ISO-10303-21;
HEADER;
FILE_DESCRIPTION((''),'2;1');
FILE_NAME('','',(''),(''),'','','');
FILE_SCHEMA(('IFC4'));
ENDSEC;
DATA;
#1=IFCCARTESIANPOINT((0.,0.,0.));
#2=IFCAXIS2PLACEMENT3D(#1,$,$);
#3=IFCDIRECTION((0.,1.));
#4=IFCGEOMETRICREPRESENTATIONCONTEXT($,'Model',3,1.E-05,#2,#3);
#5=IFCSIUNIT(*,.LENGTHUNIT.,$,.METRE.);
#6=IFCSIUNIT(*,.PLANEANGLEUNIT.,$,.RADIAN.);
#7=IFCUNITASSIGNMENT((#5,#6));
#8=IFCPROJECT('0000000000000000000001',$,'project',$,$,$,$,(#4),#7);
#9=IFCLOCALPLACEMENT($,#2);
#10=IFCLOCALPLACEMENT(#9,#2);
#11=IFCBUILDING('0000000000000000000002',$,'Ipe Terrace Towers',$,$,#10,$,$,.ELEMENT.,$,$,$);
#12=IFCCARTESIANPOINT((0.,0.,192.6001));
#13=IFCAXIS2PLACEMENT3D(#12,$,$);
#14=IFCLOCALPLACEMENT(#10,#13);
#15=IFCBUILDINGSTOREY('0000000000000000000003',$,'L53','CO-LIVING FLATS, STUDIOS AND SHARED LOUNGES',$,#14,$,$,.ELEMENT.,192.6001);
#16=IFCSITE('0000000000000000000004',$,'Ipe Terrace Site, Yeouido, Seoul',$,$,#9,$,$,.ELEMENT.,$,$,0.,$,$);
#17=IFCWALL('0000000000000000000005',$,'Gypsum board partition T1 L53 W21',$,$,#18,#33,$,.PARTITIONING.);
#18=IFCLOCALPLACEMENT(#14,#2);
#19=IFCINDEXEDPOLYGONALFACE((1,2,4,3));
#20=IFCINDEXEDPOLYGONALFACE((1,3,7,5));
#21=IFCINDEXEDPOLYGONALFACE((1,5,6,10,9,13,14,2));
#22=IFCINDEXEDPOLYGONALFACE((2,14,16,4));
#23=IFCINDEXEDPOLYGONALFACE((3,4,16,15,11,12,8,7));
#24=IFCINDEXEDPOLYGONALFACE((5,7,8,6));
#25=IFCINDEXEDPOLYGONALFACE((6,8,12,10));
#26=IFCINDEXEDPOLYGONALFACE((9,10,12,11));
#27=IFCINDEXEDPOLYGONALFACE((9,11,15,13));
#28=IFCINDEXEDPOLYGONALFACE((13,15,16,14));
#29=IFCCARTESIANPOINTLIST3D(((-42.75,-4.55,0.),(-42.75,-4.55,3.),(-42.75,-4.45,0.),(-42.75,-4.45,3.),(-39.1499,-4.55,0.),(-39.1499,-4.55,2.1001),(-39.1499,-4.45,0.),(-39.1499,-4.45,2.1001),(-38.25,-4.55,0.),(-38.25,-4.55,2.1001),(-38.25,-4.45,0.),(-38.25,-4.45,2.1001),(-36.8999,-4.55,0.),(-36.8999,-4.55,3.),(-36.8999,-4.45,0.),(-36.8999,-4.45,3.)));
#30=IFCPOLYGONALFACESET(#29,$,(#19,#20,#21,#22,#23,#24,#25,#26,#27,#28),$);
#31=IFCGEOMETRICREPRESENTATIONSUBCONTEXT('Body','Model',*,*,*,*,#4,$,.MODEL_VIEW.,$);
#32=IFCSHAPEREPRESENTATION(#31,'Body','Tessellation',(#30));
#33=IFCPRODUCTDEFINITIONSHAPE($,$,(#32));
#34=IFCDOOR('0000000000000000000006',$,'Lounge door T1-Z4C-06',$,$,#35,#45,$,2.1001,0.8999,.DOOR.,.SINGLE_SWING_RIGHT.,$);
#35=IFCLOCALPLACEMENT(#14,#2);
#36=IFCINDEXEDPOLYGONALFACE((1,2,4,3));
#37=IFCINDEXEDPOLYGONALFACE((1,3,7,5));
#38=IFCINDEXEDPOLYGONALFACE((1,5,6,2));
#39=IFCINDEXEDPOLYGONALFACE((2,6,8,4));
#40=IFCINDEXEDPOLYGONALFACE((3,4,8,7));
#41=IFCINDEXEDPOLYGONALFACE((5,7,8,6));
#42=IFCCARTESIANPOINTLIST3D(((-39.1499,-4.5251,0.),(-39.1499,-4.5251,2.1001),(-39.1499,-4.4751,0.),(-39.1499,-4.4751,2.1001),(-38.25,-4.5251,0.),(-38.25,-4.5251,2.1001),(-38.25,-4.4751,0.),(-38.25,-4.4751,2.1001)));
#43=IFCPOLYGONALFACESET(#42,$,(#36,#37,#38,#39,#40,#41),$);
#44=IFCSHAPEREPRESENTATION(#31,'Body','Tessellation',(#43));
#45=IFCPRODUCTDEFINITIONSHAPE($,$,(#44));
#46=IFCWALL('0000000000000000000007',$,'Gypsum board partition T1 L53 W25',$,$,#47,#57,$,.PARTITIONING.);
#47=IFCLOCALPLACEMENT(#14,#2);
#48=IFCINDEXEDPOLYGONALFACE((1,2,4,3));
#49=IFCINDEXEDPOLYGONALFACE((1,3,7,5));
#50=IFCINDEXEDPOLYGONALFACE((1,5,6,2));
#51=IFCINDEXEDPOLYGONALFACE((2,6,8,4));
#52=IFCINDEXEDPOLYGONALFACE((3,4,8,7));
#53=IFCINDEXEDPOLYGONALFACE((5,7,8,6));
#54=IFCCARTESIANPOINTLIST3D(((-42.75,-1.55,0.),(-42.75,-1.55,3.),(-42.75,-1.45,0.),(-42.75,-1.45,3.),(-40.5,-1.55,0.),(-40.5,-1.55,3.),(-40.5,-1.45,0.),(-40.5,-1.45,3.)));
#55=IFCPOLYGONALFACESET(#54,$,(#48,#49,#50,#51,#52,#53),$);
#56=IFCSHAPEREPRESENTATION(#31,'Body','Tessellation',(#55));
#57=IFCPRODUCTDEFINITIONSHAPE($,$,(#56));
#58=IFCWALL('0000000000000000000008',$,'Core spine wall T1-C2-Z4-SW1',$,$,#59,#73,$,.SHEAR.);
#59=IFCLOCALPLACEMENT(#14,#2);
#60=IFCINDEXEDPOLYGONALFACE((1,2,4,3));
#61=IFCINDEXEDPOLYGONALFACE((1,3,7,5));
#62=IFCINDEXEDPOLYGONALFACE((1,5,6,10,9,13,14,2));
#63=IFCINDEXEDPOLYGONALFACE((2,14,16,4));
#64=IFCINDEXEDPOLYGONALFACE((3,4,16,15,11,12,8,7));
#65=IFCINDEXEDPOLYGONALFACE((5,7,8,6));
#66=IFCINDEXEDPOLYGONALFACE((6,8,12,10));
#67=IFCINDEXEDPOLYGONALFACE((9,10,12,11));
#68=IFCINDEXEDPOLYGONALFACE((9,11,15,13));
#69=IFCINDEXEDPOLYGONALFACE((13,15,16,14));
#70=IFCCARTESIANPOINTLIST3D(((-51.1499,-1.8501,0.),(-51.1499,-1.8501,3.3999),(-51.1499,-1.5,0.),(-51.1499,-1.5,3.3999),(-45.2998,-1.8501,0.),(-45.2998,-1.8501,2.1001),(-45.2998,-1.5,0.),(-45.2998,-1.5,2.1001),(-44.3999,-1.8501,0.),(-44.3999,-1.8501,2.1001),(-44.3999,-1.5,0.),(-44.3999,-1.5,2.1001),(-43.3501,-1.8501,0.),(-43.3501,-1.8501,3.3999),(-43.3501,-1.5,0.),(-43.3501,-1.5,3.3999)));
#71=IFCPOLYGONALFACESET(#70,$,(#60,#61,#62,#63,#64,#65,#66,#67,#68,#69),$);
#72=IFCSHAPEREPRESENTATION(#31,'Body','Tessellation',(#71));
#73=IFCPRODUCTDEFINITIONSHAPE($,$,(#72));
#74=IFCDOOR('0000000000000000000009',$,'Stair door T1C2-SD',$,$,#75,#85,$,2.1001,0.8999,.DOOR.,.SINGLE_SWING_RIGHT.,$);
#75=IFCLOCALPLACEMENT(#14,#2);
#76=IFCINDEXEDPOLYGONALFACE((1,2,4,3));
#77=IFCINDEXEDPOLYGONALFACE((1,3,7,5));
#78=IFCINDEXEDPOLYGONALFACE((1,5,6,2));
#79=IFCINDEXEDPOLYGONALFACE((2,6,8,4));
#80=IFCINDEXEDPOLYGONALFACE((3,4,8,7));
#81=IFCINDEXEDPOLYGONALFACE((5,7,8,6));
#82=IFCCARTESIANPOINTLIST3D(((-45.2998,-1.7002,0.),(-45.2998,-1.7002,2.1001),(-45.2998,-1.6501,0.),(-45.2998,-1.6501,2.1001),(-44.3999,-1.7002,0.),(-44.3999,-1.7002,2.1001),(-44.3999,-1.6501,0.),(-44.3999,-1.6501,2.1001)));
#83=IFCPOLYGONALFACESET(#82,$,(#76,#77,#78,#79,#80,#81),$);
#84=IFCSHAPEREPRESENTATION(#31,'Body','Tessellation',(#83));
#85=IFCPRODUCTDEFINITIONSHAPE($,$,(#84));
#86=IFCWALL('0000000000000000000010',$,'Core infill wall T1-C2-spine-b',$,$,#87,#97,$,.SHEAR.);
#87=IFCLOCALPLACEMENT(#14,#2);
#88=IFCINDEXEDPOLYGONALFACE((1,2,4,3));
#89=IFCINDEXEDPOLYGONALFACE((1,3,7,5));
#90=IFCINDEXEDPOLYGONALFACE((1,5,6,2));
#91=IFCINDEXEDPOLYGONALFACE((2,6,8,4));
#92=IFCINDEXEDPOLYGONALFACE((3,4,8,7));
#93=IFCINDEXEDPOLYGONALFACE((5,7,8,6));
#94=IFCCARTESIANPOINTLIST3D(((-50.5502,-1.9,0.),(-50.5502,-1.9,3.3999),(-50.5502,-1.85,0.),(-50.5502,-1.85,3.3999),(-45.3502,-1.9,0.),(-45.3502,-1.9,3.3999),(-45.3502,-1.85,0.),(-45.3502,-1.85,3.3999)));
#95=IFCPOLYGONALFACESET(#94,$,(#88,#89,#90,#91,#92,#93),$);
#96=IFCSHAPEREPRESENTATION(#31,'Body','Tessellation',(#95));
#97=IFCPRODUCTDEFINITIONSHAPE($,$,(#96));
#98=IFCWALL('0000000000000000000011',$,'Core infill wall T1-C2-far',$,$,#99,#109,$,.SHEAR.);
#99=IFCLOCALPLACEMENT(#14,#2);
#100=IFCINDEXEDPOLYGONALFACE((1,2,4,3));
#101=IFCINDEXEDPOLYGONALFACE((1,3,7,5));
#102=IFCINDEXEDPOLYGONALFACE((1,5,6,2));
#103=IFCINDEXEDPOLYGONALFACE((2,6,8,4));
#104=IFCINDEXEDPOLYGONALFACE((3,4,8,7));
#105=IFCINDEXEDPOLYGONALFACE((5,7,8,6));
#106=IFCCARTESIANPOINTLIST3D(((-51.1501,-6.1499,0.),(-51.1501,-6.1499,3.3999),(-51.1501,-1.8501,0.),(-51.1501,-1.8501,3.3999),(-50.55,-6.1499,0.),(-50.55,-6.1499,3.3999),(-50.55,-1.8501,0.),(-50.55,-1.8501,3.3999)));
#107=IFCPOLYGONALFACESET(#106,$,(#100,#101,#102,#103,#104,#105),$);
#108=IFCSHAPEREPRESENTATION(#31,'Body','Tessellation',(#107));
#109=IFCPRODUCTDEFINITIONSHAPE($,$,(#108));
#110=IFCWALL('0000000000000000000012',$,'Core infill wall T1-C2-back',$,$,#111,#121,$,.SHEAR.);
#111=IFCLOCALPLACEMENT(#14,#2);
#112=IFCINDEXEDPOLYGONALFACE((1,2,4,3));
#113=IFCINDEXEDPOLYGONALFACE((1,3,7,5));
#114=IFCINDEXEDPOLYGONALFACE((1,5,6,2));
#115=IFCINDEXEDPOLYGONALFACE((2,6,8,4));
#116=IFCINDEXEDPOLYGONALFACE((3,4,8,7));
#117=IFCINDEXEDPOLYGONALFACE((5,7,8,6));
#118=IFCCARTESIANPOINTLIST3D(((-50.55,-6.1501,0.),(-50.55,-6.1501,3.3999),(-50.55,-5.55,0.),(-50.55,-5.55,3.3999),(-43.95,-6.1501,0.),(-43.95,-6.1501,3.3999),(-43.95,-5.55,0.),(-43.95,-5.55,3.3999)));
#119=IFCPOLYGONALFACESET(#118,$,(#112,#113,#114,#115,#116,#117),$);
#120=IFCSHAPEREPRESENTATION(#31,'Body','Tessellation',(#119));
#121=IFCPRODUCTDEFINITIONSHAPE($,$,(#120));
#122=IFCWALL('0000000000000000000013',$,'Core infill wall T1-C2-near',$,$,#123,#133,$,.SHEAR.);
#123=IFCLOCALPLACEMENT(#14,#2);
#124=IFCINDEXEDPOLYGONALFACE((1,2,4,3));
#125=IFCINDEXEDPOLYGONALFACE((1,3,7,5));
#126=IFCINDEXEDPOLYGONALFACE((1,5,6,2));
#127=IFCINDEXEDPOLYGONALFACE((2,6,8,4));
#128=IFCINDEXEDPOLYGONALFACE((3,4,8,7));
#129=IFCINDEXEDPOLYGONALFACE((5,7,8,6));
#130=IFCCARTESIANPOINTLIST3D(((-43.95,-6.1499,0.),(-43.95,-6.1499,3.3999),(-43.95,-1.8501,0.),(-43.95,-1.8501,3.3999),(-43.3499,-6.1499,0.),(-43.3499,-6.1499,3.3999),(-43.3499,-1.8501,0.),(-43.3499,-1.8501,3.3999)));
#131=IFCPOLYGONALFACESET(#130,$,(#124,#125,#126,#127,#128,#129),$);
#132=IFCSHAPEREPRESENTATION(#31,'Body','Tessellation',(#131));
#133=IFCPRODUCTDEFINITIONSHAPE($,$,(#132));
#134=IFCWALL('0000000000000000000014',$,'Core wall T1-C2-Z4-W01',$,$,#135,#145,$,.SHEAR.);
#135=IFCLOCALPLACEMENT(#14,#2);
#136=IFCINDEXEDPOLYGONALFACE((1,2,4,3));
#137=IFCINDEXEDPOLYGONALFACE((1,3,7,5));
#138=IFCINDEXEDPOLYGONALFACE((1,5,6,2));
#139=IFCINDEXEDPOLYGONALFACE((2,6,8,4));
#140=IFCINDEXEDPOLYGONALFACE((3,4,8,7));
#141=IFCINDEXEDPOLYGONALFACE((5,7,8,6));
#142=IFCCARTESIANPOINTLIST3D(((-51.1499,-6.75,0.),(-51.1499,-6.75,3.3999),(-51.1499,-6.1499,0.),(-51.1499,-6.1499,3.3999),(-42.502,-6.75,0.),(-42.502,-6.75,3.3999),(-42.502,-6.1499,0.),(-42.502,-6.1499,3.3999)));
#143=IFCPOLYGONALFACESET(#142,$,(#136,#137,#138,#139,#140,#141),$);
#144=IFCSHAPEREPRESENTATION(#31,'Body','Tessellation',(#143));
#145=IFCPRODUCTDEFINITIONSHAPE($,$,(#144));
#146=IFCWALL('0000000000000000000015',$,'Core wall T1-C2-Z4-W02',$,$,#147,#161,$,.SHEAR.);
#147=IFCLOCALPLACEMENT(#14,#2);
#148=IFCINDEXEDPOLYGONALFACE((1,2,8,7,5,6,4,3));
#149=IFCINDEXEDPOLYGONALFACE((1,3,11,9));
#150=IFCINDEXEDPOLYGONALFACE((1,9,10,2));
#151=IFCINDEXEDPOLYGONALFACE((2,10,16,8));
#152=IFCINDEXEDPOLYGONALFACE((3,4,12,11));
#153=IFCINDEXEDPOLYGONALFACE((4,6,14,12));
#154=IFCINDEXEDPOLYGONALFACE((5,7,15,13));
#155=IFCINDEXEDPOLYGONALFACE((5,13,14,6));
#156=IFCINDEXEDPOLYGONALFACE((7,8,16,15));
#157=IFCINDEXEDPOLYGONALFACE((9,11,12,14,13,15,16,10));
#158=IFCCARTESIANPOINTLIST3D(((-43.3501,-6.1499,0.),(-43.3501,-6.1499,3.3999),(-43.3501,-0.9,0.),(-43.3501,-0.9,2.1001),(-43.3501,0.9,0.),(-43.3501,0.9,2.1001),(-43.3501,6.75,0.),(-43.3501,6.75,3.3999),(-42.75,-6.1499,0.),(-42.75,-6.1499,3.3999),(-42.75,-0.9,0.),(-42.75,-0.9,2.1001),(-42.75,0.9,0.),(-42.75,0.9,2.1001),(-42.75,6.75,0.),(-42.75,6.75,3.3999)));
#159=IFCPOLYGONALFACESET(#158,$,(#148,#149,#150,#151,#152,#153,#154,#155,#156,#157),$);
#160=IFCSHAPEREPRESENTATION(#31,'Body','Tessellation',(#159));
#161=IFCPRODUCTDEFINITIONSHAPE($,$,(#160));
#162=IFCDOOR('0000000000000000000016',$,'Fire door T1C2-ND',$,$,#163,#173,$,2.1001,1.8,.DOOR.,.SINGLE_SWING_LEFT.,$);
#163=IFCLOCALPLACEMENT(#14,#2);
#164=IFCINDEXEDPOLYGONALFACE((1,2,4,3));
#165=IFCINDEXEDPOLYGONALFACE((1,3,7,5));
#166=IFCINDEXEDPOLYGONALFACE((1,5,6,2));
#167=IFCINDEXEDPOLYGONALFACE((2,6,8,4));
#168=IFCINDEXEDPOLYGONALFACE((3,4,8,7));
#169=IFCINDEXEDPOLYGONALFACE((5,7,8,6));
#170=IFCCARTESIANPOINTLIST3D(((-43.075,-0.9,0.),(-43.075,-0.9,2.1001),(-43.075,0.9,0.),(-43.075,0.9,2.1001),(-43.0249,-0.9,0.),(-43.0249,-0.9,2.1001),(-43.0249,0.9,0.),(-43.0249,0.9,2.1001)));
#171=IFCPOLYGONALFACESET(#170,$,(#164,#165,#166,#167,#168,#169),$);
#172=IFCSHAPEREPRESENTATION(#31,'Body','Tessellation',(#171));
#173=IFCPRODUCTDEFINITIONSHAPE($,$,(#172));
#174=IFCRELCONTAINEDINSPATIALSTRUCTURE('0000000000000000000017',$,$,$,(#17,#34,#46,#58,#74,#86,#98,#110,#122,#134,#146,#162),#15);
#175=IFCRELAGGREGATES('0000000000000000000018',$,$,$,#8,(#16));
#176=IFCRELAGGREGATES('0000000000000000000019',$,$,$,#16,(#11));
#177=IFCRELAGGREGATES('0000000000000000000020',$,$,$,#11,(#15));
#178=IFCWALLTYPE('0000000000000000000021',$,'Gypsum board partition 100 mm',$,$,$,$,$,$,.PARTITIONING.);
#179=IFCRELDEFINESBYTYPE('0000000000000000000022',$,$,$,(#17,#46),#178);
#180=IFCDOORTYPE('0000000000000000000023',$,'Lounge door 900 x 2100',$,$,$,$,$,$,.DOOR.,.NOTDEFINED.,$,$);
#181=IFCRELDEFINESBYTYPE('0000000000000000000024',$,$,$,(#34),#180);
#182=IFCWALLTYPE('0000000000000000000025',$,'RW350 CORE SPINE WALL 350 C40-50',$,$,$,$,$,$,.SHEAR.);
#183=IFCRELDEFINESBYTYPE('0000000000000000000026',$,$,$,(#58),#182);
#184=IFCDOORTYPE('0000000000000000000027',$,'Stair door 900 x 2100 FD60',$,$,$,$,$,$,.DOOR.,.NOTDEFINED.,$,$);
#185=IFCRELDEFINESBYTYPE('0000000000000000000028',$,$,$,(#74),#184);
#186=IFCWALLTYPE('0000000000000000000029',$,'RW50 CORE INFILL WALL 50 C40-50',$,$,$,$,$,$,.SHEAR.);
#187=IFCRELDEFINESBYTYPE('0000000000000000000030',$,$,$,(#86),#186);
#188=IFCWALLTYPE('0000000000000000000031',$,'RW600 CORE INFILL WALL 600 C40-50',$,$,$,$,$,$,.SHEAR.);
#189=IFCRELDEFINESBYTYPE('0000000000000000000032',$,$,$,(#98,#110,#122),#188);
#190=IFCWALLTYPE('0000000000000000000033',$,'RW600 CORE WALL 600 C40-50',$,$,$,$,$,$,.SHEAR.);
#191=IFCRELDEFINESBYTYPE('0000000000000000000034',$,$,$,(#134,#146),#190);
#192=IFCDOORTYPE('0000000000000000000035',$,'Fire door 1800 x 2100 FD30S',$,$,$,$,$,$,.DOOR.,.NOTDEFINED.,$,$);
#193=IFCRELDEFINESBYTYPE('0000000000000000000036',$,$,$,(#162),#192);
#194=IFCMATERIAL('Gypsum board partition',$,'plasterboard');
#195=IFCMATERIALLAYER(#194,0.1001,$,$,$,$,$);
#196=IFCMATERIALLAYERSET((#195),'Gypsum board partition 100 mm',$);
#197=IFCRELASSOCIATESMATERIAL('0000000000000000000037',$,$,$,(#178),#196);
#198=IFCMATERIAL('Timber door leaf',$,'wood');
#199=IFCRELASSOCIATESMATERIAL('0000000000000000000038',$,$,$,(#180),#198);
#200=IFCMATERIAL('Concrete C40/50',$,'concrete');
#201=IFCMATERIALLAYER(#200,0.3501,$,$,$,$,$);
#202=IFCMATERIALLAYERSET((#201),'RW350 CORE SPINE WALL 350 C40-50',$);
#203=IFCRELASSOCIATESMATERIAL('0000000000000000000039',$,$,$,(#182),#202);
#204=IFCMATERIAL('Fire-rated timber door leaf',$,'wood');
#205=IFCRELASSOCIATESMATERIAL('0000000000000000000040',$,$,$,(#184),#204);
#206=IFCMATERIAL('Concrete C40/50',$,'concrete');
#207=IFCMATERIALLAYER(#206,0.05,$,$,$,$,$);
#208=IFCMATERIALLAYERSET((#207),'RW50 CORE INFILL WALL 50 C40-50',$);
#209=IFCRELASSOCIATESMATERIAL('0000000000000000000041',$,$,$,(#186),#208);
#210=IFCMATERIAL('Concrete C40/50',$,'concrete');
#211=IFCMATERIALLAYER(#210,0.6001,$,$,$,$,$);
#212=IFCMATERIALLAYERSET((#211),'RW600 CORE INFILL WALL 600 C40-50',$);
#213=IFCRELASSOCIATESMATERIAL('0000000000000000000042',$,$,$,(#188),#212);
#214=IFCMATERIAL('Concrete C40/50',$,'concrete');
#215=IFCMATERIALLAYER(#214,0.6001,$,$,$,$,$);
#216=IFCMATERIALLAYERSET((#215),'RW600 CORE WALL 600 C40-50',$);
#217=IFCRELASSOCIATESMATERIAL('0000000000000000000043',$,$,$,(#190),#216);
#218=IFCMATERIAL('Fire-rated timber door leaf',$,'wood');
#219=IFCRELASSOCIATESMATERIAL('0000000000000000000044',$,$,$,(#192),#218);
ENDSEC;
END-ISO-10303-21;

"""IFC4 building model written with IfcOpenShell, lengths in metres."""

from ifc_helpers import new_model, si_unit, direction, frame, frame_2d, origin, place, context, subcontext, project, spatial, rectangle, extrude, material, layer, layer_set, type_object, element, fill, save


model = new_model("IFC4")

# Units and contexts
model_context = context("Model", 3, precision=1e-05, world=origin(), true_north=direction((0.0, 1.0)))
body_context = subcontext(model_context, "Body", "Model", "MODEL_VIEW")
ifc_project = project(units=[si_unit("LENGTHUNIT", "METRE"), si_unit("PLANEANGLEUNIT", "RADIAN")], contexts=[model_context])

# Site, building, storey
site_placement = place(None, origin())
site = spatial("IfcSite", under=ifc_project, at=site_placement, Name="Ipe Terrace Site, Yeouido, Seoul", CompositionType="ELEMENT", RefElevation=0.0)
building_placement = place(site_placement, origin())
building = spatial("IfcBuilding", under=site, at=building_placement, Name="Ipe Terrace Towers", CompositionType="ELEMENT")
storey_placement = place(building_placement, frame((0.0, 0.0, 192.6001)))
storey = spatial("IfcBuildingStorey", under=building, at=storey_placement, Name="L53", Description="CO-LIVING FLATS, STUDIOS AND SHARED LOUNGES", CompositionType="ELEMENT", Elevation=192.6001)

# Shared definitions
ifc_material_1 = material(Name="Gypsum board partition", Category="plasterboard")
ifc_layer_1 = layer(ifc_material_1, 0.1001)
ifc_layer_set_1 = layer_set([ifc_layer_1], Name="Gypsum board partition 100 mm")
wall_type_1 = type_object("IfcWallType", Name="Gypsum board partition 100 mm", PredefinedType="PARTITIONING", material=ifc_layer_set_1)

# Wall, opening, door
wall_1_placement = place(storey_placement, frame((-42.75, -4.5, 0.0), z_axis=(0.0, 0.0, 1.0), x_axis=(1.0, 0.0, 0.0)))
wall_1 = element("IfcWall", 1, at=wall_1_placement, inside=storey, type_object=wall_type_1, Name="Gypsum board partition T1 L53 W21", PredefinedType="PARTITIONING", context=body_context, shape_type="SweptSolid", body=[
    extrude(rectangle(XDim=5.8501, YDim=0.1001, at=frame_2d((2.925, 0.0))), origin(), (0.0, 0.0, 1.0), 3.0),
])
opening_1_placement = place(wall_1_placement, frame((3.6001, 0.0, 0.0)))
opening_1 = element("IfcOpeningElement", 2, at=opening_1_placement, cuts=wall_1, PredefinedType="OPENING", context=body_context, shape_type="SweptSolid", body=[
    extrude(rectangle(XDim=0.8999, YDim=2.1001, at=frame_2d((0.45, 1.05))), frame((0.0, 0.0601, 0.0), z_axis=(0.0, -1.0, 0.0), x_axis=(1.0, 0.0, 0.0)), (0.0, 0.0, 1.0), 0.1201),
])
ifc_material_2 = material(Name="Timber door leaf", Category="wood")
door_type_1 = type_object("IfcDoorType", Name="Lounge door 900 x 2100", OperationType="NOTDEFINED", PredefinedType="DOOR", material=ifc_material_2)
door_1_placement = place(opening_1_placement, origin())
door_1 = element("IfcDoor", 3, at=door_1_placement, inside=storey, type_object=door_type_1, Name="Lounge door T1-Z4C-06", OperationType="SINGLE_SWING_RIGHT", OverallHeight=2.1001, OverallWidth=0.8999, PredefinedType="DOOR", context=body_context, shape_type="SweptSolid", body=[
    extrude(rectangle(XDim=0.8999, YDim=2.1001, at=frame_2d((0.45, 1.05))), frame((0.0, 0.0249, 0.0), z_axis=(0.0, -1.0, 0.0), x_axis=(1.0, 0.0, 0.0)), (0.0, 0.0, 1.0), 0.05),
])
fill(opening_1, door_1)

# Wall
wall_2_placement = place(storey_placement, frame((-42.75, -1.5, 0.0), z_axis=(0.0, 0.0, 1.0), x_axis=(1.0, 0.0, 0.0)))
element("IfcWall", 4, at=wall_2_placement, inside=storey, type_object=wall_type_1, Name="Gypsum board partition T1 L53 W25", PredefinedType="PARTITIONING", context=body_context, shape_type="SweptSolid", body=[
    extrude(rectangle(XDim=2.25, YDim=0.1001, at=frame_2d((1.125, 0.0))), origin(), (0.0, 0.0, 1.0), 3.0),
])

# Wall, opening, door
ifc_material_3 = material(Name="Concrete C40/50", Category="concrete")
ifc_layer_2 = layer(ifc_material_3, 0.3501)
ifc_layer_set_2 = layer_set([ifc_layer_2], Name="RW350 CORE SPINE WALL 350 C40-50")
wall_type_2 = type_object("IfcWallType", Name="RW350 CORE SPINE WALL 350 C40-50", PredefinedType="SHEAR", material=ifc_layer_set_2)
wall_3_placement = place(storey_placement, frame((-51.1499, -1.675, 0.0), z_axis=(0.0, 0.0, 1.0), x_axis=(1.0, 0.0, 0.0)))
wall_3 = element("IfcWall", 5, at=wall_3_placement, inside=storey, type_object=wall_type_2, Name="Core spine wall T1-C2-Z4-SW1", PredefinedType="SHEAR", context=body_context, shape_type="SweptSolid", body=[
    extrude(rectangle(XDim=7.7998, YDim=0.3501, at=frame_2d((3.8999, 0.0))), origin(), (0.0, 0.0, 1.0), 3.3999),
])
opening_2_placement = place(wall_3_placement, frame((5.8501, 0.0, 0.0)))
opening_2 = element("IfcOpeningElement", 6, at=opening_2_placement, cuts=wall_3, PredefinedType="OPENING", context=body_context, shape_type="SweptSolid", body=[
    extrude(rectangle(XDim=0.8999, YDim=2.1001, at=frame_2d((0.45, 1.05))), frame((0.0, 0.1851, 0.0), z_axis=(0.0, -1.0, 0.0), x_axis=(1.0, 0.0, 0.0)), (0.0, 0.0, 1.0), 0.3701),
])
ifc_material_4 = material(Name="Fire-rated timber door leaf", Category="wood")
door_type_2 = type_object("IfcDoorType", Name="Stair door 900 x 2100 FD60", OperationType="NOTDEFINED", PredefinedType="DOOR", material=ifc_material_4)
door_2_placement = place(opening_2_placement, origin())
door_2 = element("IfcDoor", 7, at=door_2_placement, inside=storey, type_object=door_type_2, Name="Stair door T1C2-SD", OperationType="SINGLE_SWING_RIGHT", OverallHeight=2.1001, OverallWidth=0.8999, PredefinedType="DOOR", context=body_context, shape_type="SweptSolid", body=[
    extrude(rectangle(XDim=0.8999, YDim=2.1001, at=frame_2d((0.45, 1.05))), frame((0.0, 0.0249, 0.0), z_axis=(0.0, -1.0, 0.0), x_axis=(1.0, 0.0, 0.0)), (0.0, 0.0, 1.0), 0.05),
])
fill(opening_2, door_2)

# Walls
ifc_material_5 = material(Name="Concrete C40/50", Category="concrete")
ifc_layer_3 = layer(ifc_material_5, 0.05)
ifc_layer_set_3 = layer_set([ifc_layer_3], Name="RW50 CORE INFILL WALL 50 C40-50")
wall_type_3 = type_object("IfcWallType", Name="RW50 CORE INFILL WALL 50 C40-50", PredefinedType="SHEAR", material=ifc_layer_set_3)
wall_4_placement = place(storey_placement, frame((-45.3501, -1.875, 0.0), z_axis=(0.0, 0.0, 1.0), x_axis=(-1.0, 0.0, 0.0)))
element("IfcWall", 8, at=wall_4_placement, inside=storey, type_object=wall_type_3, Name="Core infill wall T1-C2-spine-b", PredefinedType="SHEAR", context=body_context, shape_type="SweptSolid", body=[
    extrude(rectangle(XDim=5.2, YDim=0.05, at=frame_2d((2.6001, 0.0))), origin(), (0.0, 0.0, 1.0), 3.3999),
])
ifc_material_6 = material(Name="Concrete C40/50", Category="concrete")
ifc_layer_4 = layer(ifc_material_6, 0.6001)
ifc_layer_set_4 = layer_set([ifc_layer_4], Name="RW600 CORE INFILL WALL 600 C40-50")
wall_type_4 = type_object("IfcWallType", Name="RW600 CORE INFILL WALL 600 C40-50", PredefinedType="SHEAR", material=ifc_layer_set_4)
wall_5_placement = place(storey_placement, frame((-50.8501, -1.8501, 0.0), z_axis=(0.0, 0.0, 1.0), x_axis=(0.0, -1.0, 0.0)))
element("IfcWall", 9, at=wall_5_placement, inside=storey, type_object=wall_type_4, Name="Core infill wall T1-C2-far", PredefinedType="SHEAR", context=body_context, shape_type="SweptSolid", body=[
    extrude(rectangle(XDim=4.2998, YDim=0.6001, at=frame_2d((2.1499, 0.0))), origin(), (0.0, 0.0, 1.0), 3.3999),
])
wall_6_placement = place(storey_placement, frame((-43.95, -5.8501, 0.0), z_axis=(0.0, 0.0, 1.0), x_axis=(-1.0, 0.0, 0.0)))
element("IfcWall", 10, at=wall_6_placement, inside=storey, type_object=wall_type_4, Name="Core infill wall T1-C2-back", PredefinedType="SHEAR", context=body_context, shape_type="SweptSolid", body=[
    extrude(rectangle(XDim=6.6001, YDim=0.6001, at=frame_2d((3.3, 0.0))), origin(), (0.0, 0.0, 1.0), 3.3999),
])
wall_7_placement = place(storey_placement, frame((-43.6499, -1.8501, 0.0), z_axis=(0.0, 0.0, 1.0), x_axis=(0.0, -1.0, 0.0)))
element("IfcWall", 11, at=wall_7_placement, inside=storey, type_object=wall_type_4, Name="Core infill wall T1-C2-near", PredefinedType="SHEAR", context=body_context, shape_type="SweptSolid", body=[
    extrude(rectangle(XDim=4.2998, YDim=0.6001, at=frame_2d((2.1499, 0.0))), origin(), (0.0, 0.0, 1.0), 3.3999),
])
ifc_material_7 = material(Name="Concrete C40/50", Category="concrete")
ifc_layer_5 = layer(ifc_material_7, 0.6001)
ifc_layer_set_5 = layer_set([ifc_layer_5], Name="RW600 CORE WALL 600 C40-50")
wall_type_5 = type_object("IfcWallType", Name="RW600 CORE WALL 600 C40-50", PredefinedType="SHEAR", material=ifc_layer_set_5)
wall_8_placement = place(storey_placement, frame((-51.1499, -6.45, 0.0), z_axis=(0.0, 0.0, 1.0), x_axis=(1.0, 0.0, 0.0)))
element("IfcWall", 12, at=wall_8_placement, inside=storey, type_object=wall_type_5, Name="Core wall T1-C2-Z4-W01", PredefinedType="SHEAR", context=body_context, shape_type="SweptSolid", body=[
    extrude(rectangle(XDim=8.6479, YDim=0.6001, at=frame_2d((4.324, 0.0))), origin(), (0.0, 0.0, 1.0), 3.3999),
])

# Wall, opening, door
wall_9_placement = place(storey_placement, frame((-43.05, -6.1499, 0.0), z_axis=(0.0, 0.0, 1.0), x_axis=(0.0, 1.0, 0.0)))
wall_9 = element("IfcWall", 13, at=wall_9_placement, inside=storey, type_object=wall_type_5, Name="Core wall T1-C2-Z4-W02", PredefinedType="SHEAR", context=body_context, shape_type="SweptSolid", body=[
    extrude(rectangle(XDim=12.8999, YDim=0.6001, at=frame_2d((6.45, 0.0))), origin(), (0.0, 0.0, 1.0), 3.3999),
])
opening_3_placement = place(wall_9_placement, frame((5.25, 0.0, 0.0)))
opening_3 = element("IfcOpeningElement", 14, at=opening_3_placement, cuts=wall_9, PredefinedType="OPENING", context=body_context, shape_type="SweptSolid", body=[
    extrude(rectangle(XDim=1.8, YDim=2.1001, at=frame_2d((0.8999, 1.05))), frame((0.0, 0.3101, 0.0), z_axis=(0.0, -1.0, 0.0), x_axis=(1.0, 0.0, 0.0)), (0.0, 0.0, 1.0), 0.6201),
])
ifc_material_8 = material(Name="Fire-rated timber door leaf", Category="wood")
door_type_3 = type_object("IfcDoorType", Name="Fire door 1800 x 2100 FD30S", OperationType="NOTDEFINED", PredefinedType="DOOR", material=ifc_material_8)
door_3_placement = place(opening_3_placement, origin())
door_3 = element("IfcDoor", 15, at=door_3_placement, inside=storey, type_object=door_type_3, Name="Fire door T1C2-ND", OperationType="SINGLE_SWING_LEFT", OverallHeight=2.1001, OverallWidth=1.8, PredefinedType="DOOR", context=body_context, shape_type="SweptSolid", body=[
    extrude(rectangle(XDim=1.8, YDim=2.1001, at=frame_2d((0.8999, 1.05))), frame((0.0, 0.0249, 0.0), z_axis=(0.0, -1.0, 0.0), x_axis=(1.0, 0.0, 0.0)), (0.0, 0.0, 1.0), 0.05),
])
fill(opening_3, door_3)

save(model, "model.ifc")
